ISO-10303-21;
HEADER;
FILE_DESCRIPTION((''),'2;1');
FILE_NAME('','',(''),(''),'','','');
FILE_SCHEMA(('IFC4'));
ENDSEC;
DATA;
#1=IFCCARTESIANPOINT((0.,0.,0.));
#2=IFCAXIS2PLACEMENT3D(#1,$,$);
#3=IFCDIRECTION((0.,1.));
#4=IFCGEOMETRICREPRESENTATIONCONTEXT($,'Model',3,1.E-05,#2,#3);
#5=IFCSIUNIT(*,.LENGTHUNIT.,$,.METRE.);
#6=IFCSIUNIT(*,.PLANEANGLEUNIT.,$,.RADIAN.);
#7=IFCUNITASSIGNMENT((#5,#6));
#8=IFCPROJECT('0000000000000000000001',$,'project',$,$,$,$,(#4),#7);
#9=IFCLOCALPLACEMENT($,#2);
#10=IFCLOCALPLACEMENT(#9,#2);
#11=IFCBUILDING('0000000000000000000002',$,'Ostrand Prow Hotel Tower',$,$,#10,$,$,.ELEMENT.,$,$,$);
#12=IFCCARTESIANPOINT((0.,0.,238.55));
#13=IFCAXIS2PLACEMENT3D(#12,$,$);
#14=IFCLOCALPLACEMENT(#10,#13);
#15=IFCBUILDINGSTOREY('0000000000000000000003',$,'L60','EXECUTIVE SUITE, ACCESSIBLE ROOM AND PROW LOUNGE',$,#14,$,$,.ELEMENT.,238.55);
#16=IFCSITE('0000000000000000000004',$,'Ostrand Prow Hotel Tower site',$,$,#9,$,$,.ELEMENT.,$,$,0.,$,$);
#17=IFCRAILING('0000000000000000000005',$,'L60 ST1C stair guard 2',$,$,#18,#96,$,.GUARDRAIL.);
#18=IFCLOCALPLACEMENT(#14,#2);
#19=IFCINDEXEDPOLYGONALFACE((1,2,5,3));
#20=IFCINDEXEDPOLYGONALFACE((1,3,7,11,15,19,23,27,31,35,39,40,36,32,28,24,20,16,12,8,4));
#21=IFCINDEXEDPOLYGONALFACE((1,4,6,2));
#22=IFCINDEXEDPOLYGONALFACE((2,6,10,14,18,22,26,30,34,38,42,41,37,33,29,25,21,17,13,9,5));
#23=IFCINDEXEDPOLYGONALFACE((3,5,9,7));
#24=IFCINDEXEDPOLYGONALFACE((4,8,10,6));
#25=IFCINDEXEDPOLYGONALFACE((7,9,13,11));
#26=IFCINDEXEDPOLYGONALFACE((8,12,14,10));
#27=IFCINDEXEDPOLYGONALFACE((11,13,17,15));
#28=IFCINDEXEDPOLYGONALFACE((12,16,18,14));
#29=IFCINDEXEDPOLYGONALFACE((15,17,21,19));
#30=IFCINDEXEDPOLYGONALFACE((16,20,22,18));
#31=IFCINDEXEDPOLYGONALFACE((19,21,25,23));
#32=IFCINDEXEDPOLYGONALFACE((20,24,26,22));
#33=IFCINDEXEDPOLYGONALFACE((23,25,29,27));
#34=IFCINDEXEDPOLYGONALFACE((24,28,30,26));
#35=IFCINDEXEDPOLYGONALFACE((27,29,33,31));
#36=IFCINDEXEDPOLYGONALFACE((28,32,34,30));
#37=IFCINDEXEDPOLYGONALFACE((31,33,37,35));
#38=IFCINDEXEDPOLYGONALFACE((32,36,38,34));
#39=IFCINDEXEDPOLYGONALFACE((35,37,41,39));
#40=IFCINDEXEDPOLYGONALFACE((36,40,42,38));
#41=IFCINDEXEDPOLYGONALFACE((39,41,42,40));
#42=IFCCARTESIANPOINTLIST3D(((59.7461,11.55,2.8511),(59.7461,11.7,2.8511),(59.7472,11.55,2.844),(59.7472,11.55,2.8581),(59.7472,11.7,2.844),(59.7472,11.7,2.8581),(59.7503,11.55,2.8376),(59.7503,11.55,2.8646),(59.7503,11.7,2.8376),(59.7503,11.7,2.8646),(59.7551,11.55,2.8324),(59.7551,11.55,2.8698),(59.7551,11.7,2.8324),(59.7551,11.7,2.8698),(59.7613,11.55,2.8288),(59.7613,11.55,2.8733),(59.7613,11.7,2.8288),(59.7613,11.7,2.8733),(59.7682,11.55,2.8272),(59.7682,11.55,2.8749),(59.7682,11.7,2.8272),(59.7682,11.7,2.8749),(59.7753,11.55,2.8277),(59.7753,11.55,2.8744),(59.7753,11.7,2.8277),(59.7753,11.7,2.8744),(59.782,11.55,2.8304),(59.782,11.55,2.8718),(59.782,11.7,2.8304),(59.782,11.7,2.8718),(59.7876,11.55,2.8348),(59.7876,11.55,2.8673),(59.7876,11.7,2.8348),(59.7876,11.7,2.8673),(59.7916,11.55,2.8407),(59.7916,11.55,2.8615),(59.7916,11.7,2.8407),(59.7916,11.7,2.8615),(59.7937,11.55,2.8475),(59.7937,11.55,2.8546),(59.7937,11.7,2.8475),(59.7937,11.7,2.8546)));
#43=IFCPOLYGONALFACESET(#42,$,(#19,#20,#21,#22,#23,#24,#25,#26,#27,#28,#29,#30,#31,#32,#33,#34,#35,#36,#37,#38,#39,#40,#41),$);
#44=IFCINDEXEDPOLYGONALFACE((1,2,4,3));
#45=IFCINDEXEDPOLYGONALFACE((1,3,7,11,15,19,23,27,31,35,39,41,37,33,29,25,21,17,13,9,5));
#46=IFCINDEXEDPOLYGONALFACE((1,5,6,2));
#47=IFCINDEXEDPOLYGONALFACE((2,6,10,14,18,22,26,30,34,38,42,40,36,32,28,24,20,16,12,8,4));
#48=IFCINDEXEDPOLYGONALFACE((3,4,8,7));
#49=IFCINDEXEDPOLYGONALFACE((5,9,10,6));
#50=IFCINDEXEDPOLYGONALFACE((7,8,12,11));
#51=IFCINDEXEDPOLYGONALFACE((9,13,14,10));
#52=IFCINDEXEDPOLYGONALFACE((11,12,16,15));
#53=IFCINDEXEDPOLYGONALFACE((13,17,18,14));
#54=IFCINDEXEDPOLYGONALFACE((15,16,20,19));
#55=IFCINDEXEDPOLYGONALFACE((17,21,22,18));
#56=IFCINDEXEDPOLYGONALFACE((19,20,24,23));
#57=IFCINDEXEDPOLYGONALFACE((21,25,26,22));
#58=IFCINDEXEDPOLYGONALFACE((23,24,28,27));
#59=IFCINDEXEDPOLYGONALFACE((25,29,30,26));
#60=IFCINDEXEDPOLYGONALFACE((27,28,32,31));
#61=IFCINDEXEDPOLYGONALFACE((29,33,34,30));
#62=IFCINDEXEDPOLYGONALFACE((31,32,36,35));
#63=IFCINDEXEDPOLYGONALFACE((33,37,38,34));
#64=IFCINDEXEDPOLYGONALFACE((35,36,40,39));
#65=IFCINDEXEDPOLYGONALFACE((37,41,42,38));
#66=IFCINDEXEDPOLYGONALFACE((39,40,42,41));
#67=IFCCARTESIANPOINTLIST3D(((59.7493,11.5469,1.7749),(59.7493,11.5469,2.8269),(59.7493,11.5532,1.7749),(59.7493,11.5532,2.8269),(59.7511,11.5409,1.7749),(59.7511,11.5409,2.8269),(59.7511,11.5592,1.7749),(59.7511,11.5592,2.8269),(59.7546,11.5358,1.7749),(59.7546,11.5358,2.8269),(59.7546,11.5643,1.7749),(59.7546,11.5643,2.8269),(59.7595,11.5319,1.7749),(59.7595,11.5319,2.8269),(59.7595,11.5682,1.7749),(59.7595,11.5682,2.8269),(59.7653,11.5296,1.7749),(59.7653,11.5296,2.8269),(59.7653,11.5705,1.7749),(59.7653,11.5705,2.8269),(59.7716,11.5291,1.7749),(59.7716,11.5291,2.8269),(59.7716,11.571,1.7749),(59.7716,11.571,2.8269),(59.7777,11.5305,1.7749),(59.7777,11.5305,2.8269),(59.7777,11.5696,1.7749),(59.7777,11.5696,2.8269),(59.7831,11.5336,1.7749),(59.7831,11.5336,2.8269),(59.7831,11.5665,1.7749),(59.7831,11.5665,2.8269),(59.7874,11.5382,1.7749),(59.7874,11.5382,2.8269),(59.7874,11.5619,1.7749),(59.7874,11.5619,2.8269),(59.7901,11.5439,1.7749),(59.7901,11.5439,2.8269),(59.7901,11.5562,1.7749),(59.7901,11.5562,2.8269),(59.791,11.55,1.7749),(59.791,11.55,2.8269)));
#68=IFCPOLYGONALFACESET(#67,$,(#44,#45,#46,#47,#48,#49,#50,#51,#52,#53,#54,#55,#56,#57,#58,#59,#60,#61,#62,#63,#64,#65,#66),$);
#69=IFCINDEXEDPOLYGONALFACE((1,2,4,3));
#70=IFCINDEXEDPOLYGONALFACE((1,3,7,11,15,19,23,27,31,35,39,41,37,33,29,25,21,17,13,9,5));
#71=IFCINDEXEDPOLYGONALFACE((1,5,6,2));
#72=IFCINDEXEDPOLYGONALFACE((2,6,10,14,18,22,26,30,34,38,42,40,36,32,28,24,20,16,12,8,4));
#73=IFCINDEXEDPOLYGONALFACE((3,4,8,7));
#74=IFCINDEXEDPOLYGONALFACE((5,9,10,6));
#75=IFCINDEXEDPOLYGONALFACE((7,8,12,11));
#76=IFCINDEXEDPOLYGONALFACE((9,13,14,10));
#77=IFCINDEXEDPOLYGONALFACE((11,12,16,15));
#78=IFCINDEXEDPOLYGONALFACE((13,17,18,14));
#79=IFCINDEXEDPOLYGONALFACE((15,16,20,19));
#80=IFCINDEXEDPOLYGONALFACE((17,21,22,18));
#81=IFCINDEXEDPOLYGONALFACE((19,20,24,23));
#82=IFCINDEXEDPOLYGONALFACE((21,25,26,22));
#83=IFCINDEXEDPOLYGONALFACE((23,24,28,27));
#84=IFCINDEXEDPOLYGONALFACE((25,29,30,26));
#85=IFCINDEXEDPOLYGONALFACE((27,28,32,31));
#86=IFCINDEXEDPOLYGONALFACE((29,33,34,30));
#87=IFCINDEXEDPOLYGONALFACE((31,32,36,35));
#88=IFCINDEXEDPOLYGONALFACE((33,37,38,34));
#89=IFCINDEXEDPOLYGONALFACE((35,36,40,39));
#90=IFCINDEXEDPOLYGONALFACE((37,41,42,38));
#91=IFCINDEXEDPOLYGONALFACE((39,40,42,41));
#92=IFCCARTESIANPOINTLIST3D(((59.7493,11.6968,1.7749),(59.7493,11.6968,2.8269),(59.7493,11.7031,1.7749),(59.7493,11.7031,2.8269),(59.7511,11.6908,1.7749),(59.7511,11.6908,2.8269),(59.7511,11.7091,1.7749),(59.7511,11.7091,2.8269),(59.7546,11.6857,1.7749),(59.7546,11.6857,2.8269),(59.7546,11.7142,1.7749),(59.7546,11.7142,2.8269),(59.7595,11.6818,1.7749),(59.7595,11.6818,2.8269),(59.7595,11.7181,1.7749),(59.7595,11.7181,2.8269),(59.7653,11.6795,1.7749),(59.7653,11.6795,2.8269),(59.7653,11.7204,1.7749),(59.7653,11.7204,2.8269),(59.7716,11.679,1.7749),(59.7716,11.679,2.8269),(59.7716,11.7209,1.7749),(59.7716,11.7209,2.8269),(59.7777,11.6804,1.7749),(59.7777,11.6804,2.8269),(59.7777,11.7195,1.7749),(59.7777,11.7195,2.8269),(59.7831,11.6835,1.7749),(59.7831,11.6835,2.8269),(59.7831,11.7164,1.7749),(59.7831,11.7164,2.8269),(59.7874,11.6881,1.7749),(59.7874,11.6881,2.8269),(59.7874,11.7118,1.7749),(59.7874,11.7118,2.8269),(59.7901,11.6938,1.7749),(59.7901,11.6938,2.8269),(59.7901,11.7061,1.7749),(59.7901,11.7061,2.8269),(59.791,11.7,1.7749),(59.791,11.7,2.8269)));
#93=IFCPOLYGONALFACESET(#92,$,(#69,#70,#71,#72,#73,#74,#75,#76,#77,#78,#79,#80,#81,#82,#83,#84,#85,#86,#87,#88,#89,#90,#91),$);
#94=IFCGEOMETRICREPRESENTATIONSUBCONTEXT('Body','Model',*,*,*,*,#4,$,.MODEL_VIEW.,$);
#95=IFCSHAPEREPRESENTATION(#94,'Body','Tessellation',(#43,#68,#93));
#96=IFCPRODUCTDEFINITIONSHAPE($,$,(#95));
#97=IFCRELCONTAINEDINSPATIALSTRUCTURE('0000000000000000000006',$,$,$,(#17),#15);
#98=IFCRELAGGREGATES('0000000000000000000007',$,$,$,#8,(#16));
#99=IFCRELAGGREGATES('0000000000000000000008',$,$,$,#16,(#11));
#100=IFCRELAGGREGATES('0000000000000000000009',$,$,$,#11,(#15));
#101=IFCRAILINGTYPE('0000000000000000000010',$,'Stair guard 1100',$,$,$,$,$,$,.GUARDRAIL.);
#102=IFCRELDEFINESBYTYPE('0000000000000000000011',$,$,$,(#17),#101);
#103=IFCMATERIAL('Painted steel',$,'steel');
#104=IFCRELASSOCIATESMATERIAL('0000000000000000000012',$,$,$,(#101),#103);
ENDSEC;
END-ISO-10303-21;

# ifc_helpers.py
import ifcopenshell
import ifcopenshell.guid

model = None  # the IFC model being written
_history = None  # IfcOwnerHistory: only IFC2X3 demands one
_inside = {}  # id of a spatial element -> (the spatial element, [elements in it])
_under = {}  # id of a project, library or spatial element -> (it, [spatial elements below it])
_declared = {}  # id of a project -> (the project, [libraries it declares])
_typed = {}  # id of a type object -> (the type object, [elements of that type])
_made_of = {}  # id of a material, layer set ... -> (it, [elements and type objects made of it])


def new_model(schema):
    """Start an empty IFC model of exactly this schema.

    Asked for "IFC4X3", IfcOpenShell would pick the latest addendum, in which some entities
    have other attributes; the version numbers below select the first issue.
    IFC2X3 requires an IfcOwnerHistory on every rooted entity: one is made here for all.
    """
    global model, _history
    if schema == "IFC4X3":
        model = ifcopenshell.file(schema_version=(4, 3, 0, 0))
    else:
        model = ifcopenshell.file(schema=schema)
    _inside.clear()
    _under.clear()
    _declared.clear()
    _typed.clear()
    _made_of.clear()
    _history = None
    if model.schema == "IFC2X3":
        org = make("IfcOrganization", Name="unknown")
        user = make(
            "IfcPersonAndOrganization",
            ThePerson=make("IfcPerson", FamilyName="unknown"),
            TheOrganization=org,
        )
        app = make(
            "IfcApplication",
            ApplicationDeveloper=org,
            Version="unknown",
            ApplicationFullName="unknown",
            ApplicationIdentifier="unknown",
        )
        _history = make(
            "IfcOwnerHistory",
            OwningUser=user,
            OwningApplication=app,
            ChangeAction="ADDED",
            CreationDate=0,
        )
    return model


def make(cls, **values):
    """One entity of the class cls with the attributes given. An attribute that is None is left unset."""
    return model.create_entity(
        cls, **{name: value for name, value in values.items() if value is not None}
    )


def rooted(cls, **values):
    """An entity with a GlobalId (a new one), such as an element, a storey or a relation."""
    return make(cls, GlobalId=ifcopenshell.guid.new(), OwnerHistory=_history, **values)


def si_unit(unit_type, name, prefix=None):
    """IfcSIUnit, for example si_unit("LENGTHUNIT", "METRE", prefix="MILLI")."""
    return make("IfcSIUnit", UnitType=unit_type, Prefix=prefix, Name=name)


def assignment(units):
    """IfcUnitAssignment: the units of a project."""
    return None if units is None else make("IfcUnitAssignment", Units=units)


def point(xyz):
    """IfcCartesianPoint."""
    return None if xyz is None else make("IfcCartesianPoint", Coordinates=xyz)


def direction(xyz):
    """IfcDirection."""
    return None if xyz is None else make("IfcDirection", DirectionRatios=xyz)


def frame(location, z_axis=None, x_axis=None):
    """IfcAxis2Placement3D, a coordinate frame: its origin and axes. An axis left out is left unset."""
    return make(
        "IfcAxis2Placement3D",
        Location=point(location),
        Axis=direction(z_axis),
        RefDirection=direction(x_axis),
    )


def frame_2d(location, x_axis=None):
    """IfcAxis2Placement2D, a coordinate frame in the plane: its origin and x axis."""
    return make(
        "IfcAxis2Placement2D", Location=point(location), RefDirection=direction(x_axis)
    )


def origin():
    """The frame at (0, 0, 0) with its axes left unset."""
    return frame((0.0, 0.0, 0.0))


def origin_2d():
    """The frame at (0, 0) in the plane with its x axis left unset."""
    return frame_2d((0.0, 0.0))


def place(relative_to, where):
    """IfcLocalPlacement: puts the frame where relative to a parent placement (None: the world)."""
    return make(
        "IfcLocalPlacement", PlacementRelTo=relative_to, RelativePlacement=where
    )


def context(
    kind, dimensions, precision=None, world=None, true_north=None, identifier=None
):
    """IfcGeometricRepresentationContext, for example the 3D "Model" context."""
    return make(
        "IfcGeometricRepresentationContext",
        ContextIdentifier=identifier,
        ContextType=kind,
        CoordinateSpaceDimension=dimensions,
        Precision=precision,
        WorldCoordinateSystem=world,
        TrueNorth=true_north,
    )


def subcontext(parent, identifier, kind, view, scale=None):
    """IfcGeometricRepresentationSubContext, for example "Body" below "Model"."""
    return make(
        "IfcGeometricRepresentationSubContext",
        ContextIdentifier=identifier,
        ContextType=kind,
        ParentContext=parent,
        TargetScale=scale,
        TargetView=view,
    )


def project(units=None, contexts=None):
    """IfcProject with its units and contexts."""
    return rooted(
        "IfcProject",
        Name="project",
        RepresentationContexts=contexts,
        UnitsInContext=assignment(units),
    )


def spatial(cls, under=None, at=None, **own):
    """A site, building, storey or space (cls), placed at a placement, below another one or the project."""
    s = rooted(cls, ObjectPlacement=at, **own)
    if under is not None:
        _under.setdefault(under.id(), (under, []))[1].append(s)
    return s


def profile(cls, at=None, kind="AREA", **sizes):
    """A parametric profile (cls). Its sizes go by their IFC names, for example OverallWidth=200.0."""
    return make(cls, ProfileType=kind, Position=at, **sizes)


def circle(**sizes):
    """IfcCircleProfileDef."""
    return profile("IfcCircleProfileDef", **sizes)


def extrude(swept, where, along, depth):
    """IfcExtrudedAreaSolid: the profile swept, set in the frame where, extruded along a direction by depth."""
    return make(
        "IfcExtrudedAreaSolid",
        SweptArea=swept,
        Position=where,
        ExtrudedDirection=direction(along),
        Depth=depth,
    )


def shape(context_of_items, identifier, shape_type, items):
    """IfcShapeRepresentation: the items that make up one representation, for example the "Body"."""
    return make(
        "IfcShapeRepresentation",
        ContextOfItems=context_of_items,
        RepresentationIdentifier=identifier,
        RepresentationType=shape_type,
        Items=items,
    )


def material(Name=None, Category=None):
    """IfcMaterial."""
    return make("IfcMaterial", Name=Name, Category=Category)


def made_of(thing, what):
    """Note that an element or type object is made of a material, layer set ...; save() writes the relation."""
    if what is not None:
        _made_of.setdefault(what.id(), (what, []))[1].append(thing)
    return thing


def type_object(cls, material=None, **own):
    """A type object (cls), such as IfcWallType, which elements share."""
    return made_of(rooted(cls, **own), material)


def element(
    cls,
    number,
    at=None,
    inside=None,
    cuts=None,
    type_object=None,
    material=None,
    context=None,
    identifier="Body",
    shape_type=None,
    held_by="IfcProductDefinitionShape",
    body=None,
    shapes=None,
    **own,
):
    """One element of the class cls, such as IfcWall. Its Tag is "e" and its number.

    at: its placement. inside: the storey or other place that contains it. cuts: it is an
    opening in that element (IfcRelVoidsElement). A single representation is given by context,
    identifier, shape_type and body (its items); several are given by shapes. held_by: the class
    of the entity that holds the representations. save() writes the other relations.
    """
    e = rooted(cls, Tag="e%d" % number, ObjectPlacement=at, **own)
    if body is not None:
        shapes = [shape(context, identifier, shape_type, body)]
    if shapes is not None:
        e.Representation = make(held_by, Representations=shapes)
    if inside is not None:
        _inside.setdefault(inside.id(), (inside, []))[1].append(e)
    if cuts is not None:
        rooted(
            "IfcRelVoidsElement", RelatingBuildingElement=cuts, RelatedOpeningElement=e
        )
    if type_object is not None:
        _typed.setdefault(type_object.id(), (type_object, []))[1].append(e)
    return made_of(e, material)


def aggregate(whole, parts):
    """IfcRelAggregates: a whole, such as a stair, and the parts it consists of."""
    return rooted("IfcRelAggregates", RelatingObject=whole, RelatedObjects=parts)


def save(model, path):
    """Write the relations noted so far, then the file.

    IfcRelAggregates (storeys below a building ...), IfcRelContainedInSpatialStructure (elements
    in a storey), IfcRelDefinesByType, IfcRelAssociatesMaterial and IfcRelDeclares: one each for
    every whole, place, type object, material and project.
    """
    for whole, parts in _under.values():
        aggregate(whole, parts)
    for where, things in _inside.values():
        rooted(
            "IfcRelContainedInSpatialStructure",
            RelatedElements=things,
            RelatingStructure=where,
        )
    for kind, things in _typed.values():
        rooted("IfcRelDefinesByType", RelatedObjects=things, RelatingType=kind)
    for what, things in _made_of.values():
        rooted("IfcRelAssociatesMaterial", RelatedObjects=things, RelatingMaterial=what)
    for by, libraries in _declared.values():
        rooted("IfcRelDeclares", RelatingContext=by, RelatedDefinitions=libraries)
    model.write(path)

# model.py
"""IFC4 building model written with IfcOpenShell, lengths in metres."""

from ifc_helpers import new_model, si_unit, direction, frame, origin, origin_2d, place, context, subcontext, project, spatial, circle, extrude, material, type_object, element, save


model = new_model("IFC4")

# Units and contexts
model_context = context("Model", 3, precision=1e-05, world=origin(), true_north=direction((0.0, 1.0)))
body_context = subcontext(model_context, "Body", "Model", "MODEL_VIEW")
ifc_project = project(units=[si_unit("LENGTHUNIT", "METRE"), si_unit("PLANEANGLEUNIT", "RADIAN")], contexts=[model_context])

# Site, building, storey
site_placement = place(None, origin())
site = spatial("IfcSite", under=ifc_project, at=site_placement, Name="Ostrand Prow Hotel Tower site", CompositionType="ELEMENT", RefElevation=0.0)
building_placement = place(site_placement, origin())
building = spatial("IfcBuilding", under=site, at=building_placement, Name="Ostrand Prow Hotel Tower", CompositionType="ELEMENT")
storey_placement = place(building_placement, frame((0.0, 0.0, 238.55)))
storey = spatial("IfcBuildingStorey", under=building, at=storey_placement, Name="L60", Description="EXECUTIVE SUITE, ACCESSIBLE ROOM AND PROW LOUNGE", CompositionType="ELEMENT", Elevation=238.55)

# Railing
ifc_material_1 = material(Name="Painted steel", Category="steel")
railing_type_1 = type_object("IfcRailingType", Name="Stair guard 1100", PredefinedType="GUARDRAIL", material=ifc_material_1)
railing_1_placement = place(storey_placement, frame((59.77, 11.55, 1.7749)))
element("IfcRailing", 1, at=railing_1_placement, inside=storey, type_object=railing_type_1, Name="L60 ST1C stair guard 2", PredefinedType="GUARDRAIL", context=body_context, shape_type="SweptSolid", body=[
    extrude(circle(Radius=0.0239, at=origin_2d()), frame((0.0, 0.0, 1.0762), z_axis=(0.0, 1.0, 0.0), x_axis=(-1.0, 0.0, 0.0)), (0.0, 0.0, 1.0), 0.1499),
    extrude(circle(Radius=0.021, at=origin_2d()), origin(), (0.0, 0.0, 1.0), 1.052),
    extrude(circle(Radius=0.021, at=origin_2d()), frame((0.0, 0.1499, 0.0)), (0.0, 0.0, 1.0), 1.052),
])

save(model, "model.ifc")
